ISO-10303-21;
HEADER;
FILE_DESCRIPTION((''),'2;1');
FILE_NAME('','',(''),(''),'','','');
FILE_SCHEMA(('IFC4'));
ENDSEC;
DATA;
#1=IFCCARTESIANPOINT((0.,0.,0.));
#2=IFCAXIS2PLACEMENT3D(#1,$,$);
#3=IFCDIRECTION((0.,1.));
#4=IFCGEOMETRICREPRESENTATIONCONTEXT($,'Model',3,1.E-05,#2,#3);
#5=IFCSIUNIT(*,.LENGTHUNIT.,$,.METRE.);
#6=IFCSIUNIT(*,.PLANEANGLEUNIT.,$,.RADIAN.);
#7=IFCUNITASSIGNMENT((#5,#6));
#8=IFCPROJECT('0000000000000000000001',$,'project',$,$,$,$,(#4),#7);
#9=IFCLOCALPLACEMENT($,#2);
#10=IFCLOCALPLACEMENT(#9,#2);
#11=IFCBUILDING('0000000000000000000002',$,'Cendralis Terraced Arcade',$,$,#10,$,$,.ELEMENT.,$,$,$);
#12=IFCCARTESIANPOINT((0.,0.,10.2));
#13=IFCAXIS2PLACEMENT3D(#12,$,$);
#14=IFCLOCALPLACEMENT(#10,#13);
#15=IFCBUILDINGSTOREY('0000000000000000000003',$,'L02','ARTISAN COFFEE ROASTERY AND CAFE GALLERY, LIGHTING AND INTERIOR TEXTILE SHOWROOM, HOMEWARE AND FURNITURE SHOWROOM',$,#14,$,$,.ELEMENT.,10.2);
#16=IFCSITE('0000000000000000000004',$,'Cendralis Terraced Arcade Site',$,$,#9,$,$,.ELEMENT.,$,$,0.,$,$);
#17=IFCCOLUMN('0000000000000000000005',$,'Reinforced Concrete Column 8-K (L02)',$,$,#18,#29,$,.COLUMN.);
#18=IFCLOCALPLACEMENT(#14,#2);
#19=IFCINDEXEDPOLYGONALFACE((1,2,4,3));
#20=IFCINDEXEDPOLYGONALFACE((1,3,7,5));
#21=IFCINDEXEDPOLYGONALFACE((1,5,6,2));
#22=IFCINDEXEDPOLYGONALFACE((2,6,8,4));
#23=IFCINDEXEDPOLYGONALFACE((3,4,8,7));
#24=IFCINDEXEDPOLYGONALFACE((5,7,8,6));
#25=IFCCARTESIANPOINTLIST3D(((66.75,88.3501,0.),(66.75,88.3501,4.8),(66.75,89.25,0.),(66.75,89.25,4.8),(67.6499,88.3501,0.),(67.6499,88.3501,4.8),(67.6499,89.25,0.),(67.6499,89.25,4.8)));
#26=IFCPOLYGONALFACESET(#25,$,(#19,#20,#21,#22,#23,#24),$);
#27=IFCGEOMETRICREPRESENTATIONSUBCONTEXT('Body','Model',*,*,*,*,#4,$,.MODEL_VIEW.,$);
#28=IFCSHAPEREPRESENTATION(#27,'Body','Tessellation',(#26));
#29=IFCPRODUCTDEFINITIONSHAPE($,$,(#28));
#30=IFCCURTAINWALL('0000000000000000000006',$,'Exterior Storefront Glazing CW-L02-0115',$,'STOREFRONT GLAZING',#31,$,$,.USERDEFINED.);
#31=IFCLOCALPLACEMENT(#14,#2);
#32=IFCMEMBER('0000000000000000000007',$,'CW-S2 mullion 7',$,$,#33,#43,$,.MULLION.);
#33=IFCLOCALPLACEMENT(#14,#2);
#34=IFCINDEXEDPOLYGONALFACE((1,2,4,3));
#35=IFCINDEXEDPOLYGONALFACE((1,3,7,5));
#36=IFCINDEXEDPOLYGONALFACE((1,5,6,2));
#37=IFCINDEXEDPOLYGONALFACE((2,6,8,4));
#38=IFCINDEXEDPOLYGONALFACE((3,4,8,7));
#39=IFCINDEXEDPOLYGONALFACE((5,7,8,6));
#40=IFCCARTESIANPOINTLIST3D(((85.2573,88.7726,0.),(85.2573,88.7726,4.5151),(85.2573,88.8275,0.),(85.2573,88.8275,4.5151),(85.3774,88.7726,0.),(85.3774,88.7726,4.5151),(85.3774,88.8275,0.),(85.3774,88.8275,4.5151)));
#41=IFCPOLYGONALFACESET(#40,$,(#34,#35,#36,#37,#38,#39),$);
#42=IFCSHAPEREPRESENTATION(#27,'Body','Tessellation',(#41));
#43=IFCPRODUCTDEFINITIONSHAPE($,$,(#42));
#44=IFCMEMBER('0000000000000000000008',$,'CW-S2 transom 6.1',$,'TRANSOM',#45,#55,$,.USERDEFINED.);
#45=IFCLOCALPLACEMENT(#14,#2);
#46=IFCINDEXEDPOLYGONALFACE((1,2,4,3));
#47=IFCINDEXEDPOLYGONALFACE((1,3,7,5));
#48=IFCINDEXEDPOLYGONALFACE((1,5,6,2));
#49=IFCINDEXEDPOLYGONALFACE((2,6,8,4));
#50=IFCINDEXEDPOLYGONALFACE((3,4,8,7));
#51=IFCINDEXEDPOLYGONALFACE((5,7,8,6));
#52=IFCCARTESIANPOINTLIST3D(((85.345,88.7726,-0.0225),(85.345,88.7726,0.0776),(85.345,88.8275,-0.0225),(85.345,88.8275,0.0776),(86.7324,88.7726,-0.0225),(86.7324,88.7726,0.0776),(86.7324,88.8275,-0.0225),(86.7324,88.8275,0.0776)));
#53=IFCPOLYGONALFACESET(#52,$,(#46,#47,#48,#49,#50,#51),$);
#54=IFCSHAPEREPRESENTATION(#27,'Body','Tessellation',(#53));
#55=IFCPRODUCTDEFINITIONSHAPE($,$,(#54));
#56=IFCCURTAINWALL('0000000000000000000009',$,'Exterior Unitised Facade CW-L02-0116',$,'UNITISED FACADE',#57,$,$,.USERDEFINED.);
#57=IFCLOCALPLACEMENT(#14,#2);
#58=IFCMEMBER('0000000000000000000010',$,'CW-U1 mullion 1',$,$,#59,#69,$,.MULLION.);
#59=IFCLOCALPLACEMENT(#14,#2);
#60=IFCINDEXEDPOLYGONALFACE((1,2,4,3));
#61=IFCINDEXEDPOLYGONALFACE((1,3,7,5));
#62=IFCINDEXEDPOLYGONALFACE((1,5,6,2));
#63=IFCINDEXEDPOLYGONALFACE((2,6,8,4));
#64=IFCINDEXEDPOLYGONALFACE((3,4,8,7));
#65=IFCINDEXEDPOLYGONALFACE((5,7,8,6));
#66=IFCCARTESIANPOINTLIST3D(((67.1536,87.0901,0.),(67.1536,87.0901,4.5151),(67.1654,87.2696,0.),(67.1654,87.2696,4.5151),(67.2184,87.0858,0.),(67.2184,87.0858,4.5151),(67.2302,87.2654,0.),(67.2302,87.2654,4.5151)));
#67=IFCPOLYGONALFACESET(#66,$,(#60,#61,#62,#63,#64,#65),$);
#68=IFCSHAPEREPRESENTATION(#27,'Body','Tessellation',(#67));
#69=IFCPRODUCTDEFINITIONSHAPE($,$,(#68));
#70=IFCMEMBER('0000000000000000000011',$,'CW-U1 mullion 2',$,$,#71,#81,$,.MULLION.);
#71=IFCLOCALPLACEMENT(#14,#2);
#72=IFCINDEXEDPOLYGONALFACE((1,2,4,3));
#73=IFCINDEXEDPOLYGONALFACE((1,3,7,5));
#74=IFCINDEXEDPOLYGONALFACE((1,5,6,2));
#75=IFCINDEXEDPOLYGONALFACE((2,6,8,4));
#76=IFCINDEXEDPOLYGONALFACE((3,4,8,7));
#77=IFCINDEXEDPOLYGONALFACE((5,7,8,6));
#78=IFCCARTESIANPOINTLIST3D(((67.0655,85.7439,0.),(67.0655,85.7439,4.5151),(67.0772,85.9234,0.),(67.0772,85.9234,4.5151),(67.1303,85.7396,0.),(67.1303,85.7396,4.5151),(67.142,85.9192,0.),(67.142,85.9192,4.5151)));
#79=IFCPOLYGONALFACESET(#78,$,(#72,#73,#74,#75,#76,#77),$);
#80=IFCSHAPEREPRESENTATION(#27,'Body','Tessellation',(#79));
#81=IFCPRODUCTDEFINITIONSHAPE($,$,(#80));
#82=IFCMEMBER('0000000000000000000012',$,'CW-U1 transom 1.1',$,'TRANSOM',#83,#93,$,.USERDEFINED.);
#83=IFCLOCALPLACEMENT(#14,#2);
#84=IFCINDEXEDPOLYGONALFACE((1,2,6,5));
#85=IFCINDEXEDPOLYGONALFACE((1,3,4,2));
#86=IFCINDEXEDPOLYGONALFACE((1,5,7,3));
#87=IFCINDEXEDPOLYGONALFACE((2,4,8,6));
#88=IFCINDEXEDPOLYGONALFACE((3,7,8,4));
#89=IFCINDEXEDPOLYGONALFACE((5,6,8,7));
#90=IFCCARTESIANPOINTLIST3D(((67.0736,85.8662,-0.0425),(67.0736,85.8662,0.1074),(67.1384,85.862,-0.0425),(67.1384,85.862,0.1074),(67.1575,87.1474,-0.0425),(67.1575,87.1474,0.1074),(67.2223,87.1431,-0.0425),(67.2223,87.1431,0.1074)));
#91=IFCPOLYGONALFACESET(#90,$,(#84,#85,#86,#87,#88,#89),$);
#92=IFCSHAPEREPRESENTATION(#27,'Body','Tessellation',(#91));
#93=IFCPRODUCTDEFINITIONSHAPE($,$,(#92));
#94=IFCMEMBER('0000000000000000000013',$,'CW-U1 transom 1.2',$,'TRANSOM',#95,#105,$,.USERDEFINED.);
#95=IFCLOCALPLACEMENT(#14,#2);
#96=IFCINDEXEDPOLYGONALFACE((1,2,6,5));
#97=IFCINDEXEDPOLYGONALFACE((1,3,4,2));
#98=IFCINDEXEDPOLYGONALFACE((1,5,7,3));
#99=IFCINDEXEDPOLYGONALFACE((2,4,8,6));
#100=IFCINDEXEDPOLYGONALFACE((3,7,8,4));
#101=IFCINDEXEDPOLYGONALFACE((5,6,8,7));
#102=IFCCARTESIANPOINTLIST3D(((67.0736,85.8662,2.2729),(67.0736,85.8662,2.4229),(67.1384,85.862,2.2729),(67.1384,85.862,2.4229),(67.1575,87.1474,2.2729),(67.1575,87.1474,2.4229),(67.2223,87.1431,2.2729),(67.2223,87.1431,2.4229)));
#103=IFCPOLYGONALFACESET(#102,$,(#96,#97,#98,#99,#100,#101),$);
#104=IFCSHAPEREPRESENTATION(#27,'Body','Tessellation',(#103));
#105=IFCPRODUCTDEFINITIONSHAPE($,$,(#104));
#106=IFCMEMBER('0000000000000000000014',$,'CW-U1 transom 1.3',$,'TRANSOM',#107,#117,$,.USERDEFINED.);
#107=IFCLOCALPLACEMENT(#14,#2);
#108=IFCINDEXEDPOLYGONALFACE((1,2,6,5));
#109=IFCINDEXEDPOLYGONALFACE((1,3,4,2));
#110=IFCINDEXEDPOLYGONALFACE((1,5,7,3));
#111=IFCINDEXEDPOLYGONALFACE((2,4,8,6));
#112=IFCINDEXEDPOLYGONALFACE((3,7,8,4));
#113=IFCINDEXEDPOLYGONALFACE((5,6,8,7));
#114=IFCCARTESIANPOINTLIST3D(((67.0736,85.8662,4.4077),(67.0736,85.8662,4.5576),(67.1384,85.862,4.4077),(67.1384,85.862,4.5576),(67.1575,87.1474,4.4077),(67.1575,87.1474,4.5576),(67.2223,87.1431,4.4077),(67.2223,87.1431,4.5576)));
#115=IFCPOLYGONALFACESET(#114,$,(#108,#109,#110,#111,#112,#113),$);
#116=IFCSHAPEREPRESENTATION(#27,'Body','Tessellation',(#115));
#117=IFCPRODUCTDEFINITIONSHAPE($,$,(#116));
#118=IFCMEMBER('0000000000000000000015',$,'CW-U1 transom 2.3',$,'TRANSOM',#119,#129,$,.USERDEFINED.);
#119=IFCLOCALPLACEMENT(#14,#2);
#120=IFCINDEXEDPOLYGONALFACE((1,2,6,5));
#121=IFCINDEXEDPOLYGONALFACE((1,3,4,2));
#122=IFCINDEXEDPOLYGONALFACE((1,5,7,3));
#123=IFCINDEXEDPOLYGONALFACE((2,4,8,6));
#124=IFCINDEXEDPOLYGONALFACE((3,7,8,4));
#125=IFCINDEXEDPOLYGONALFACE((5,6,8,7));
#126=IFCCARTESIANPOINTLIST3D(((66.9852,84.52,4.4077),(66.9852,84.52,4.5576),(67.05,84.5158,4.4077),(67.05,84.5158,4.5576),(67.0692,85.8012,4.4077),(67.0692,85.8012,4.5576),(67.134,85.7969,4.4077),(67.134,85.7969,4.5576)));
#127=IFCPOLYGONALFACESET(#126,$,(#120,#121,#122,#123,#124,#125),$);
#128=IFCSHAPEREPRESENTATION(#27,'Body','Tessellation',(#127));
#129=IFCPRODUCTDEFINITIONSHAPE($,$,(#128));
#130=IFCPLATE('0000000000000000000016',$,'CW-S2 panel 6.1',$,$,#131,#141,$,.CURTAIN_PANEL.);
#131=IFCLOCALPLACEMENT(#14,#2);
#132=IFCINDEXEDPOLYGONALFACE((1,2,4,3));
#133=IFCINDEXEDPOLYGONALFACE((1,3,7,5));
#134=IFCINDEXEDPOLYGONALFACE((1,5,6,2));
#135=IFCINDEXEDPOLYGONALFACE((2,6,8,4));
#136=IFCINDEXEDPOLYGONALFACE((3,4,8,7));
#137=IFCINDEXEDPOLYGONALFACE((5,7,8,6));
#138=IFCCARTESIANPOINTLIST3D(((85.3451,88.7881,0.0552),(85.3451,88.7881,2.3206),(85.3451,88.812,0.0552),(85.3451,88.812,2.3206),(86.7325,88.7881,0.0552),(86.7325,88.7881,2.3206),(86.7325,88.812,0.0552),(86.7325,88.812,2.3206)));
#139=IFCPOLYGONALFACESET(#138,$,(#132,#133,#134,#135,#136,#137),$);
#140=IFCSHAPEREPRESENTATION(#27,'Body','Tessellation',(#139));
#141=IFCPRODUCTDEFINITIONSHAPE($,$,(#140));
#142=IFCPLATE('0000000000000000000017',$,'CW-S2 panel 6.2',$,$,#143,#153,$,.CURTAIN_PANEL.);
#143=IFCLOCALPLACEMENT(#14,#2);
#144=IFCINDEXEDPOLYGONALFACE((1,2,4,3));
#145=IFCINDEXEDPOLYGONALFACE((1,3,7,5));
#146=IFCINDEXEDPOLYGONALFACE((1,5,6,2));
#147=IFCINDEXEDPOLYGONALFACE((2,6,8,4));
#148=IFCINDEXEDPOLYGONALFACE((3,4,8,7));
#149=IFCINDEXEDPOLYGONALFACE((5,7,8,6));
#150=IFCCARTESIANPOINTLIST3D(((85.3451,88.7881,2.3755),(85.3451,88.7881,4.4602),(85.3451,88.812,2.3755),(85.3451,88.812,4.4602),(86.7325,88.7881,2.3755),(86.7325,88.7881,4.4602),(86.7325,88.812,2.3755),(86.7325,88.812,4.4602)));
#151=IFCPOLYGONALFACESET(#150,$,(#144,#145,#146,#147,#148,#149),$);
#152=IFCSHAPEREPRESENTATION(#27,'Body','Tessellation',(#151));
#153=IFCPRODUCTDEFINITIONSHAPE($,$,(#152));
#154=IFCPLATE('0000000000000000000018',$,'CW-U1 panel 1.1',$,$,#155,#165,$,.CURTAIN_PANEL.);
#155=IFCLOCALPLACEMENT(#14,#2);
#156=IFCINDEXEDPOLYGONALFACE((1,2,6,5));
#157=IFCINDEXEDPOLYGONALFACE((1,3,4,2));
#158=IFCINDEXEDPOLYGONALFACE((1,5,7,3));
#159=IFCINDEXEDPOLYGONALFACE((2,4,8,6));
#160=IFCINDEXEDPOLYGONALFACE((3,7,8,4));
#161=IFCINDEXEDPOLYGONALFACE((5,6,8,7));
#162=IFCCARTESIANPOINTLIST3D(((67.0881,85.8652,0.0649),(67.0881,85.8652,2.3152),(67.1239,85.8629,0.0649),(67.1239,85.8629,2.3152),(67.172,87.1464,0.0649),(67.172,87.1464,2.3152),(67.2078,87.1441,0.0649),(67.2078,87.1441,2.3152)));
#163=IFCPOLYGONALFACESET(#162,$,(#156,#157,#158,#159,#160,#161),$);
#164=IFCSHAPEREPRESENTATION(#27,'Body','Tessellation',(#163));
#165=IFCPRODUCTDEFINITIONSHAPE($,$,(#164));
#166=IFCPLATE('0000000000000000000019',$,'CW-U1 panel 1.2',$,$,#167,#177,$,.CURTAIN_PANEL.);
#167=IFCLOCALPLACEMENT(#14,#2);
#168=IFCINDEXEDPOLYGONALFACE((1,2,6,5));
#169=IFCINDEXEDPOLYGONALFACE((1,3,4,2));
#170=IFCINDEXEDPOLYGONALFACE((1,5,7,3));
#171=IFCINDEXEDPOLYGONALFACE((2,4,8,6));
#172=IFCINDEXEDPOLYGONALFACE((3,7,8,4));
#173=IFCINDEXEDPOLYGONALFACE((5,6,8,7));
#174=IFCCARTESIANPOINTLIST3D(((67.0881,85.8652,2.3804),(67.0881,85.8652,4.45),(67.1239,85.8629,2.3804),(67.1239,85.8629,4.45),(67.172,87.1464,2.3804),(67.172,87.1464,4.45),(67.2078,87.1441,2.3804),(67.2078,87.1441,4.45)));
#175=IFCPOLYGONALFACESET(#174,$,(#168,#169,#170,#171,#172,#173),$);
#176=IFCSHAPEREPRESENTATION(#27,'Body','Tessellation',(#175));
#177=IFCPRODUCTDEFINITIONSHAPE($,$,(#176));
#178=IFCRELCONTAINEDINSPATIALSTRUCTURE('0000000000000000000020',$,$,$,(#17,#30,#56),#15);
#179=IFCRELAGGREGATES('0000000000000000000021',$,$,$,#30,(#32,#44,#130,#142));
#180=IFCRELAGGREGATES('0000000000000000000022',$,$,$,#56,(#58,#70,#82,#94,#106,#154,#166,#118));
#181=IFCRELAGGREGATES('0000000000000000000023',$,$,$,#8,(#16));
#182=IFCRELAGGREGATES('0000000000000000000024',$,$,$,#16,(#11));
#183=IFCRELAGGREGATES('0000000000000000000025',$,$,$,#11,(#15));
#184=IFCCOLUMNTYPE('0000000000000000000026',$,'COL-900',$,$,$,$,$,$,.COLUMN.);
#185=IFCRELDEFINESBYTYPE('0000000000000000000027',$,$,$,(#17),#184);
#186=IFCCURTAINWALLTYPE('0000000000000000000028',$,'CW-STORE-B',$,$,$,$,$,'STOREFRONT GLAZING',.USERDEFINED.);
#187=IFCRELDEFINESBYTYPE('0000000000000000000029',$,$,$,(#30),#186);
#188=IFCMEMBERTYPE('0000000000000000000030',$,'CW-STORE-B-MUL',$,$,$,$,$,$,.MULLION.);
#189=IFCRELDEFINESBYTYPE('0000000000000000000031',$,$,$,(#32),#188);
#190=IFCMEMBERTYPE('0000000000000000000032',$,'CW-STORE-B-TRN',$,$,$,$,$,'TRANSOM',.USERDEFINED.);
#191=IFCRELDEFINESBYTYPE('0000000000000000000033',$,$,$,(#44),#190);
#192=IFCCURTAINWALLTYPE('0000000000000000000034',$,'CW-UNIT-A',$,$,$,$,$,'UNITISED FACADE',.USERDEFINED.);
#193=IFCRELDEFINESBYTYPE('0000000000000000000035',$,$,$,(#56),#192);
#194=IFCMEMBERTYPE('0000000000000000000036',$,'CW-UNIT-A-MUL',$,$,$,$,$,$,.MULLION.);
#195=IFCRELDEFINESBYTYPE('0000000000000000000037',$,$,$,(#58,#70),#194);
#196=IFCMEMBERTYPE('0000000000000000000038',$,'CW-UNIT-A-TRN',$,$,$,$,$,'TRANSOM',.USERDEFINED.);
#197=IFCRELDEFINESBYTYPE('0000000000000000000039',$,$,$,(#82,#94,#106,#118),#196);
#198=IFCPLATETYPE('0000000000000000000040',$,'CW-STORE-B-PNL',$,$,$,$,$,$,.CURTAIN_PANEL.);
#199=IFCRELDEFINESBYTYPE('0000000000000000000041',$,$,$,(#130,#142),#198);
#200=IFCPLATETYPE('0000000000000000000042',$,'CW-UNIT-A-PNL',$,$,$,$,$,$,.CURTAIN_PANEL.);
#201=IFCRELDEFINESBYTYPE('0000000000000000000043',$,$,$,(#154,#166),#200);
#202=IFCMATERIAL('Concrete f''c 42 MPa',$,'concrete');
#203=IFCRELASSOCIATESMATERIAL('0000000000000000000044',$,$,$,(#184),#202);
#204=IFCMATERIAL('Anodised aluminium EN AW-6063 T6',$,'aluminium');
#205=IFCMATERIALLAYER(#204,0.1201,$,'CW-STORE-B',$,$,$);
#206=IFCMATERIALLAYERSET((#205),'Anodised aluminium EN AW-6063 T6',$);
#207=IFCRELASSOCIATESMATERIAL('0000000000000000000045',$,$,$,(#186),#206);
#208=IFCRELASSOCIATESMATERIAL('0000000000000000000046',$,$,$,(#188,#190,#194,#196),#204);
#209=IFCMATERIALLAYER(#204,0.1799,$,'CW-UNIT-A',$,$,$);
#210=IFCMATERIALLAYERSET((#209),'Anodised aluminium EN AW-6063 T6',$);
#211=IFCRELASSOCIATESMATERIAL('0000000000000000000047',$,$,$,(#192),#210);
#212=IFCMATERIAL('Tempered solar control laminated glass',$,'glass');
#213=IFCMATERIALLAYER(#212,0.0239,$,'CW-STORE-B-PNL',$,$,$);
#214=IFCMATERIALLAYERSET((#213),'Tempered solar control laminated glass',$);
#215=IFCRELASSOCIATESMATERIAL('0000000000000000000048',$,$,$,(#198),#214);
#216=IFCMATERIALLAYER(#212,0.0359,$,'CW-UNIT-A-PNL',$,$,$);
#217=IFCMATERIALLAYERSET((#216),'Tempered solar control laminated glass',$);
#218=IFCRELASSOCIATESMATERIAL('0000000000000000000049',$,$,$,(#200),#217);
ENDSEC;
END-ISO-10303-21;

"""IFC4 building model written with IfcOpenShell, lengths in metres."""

from ifc_helpers import new_model, si_unit, direction, frame, origin, origin_2d, place, context, subcontext, project, spatial, rectangle, extrude, material, layer, layer_set, material_profile, profile_set, type_object, element, aggregate, save


model = new_model("IFC4")

# Units and contexts
model_context = context("Model", 3, precision=1e-05, world=origin(), true_north=direction((0.0, 1.0)))
body_context = subcontext(model_context, "Body", "Model", "MODEL_VIEW")
ifc_project = project(units=[si_unit("LENGTHUNIT", "METRE"), si_unit("PLANEANGLEUNIT", "RADIAN")], contexts=[model_context])

# Site, building, storey
site_placement = place(None, origin())
site = spatial("IfcSite", under=ifc_project, at=site_placement, Name="Cendralis Terraced Arcade Site", CompositionType="ELEMENT", RefElevation=0.0)
building_placement = place(site_placement, origin())
building = spatial("IfcBuilding", under=site, at=building_placement, Name="Cendralis Terraced Arcade", CompositionType="ELEMENT")
storey_placement = place(building_placement, frame((0.0, 0.0, 10.2)))
storey = spatial("IfcBuildingStorey", under=building, at=storey_placement, Name="L02", Description="ARTISAN COFFEE ROASTERY AND CAFE GALLERY, LIGHTING AND INTERIOR TEXTILE SHOWROOM, HOMEWARE AND FURNITURE SHOWROOM", CompositionType="ELEMENT", Elevation=10.2)

# Column
ifc_material_1 = material(Name="Concrete f'c 42 MPa", Category="concrete")
ifc_material_profile_1 = material_profile(ifc_material_1, rectangle(XDim=0.8999, YDim=0.8999, at=origin_2d()), Name="RC-COL-900x900", Category="LoadBearing")
ifc_profile_set_1 = profile_set([ifc_material_profile_1], Name="Concrete f'c 42 MPa")
column_type = type_object("IfcColumnType", Name="COL-900", PredefinedType="COLUMN", material=ifc_profile_set_1)
column_placement = place(storey_placement, frame((67.2, 88.8, 0.0), z_axis=(0.0, 0.0, 1.0), x_axis=(1.0, 0.0, 0.0)))
element("IfcColumn", 1, at=column_placement, inside=storey, type_object=column_type, Name="Reinforced Concrete Column 8-K (L02)", PredefinedType="COLUMN", context=body_context, shape_type="SweptSolid", body=[
    extrude(rectangle(XDim=0.8999, YDim=0.8999, at=origin_2d()), origin(), (0.0, 0.0, 1.0), 4.8),
])

# Curtain walls, members
ifc_material_2 = material(Name="Anodised aluminium EN AW-6063 T6", Category="aluminium")
ifc_layer_1 = layer(ifc_material_2, 0.1201, Name="CW-STORE-B")
ifc_layer_set_1 = layer_set([ifc_layer_1], Name="Anodised aluminium EN AW-6063 T6")
curtain_wall_type_1 = type_object("IfcCurtainWallType", Name="CW-STORE-B", ElementType="STOREFRONT GLAZING", PredefinedType="USERDEFINED", material=ifc_layer_set_1)
curtain_wall_1_placement = place(storey_placement, origin())
curtain_wall_1 = element("IfcCurtainWall", 2, at=curtain_wall_1_placement, inside=storey, type_object=curtain_wall_type_1, Name="Exterior Storefront Glazing CW-L02-0115", ObjectType="STOREFRONT GLAZING", PredefinedType="USERDEFINED")
ifc_material_profile_2 = material_profile(ifc_material_2, rectangle(XDim=0.0549, YDim=0.1201, at=origin_2d()), Name="ALU-MUL-55x120")
ifc_profile_set_2 = profile_set([ifc_material_profile_2], Name="Anodised aluminium EN AW-6063 T6")
member_type_1 = type_object("IfcMemberType", Name="CW-STORE-B-MUL", PredefinedType="MULLION", material=ifc_profile_set_2)
member_1_placement = place(storey_placement, frame((85.3174, 88.8, 0.0), z_axis=(0.0, 0.0, 1.0), x_axis=(0.0, -1.0, 0.0)))
member_1 = element("IfcMember", 3, at=member_1_placement, type_object=member_type_1, Name="CW-S2 mullion 7", PredefinedType="MULLION", context=body_context, shape_type="SweptSolid", body=[
    extrude(rectangle(XDim=0.0549, YDim=0.1201, at=origin_2d()), origin(), (0.0, 0.0, 1.0), 4.5151),
])
ifc_material_profile_3 = material_profile(ifc_material_2, rectangle(XDim=0.0549, YDim=0.1001, at=origin_2d()), Name="ALU-TRN-55x100")
ifc_profile_set_3 = profile_set([ifc_material_profile_3], Name="Anodised aluminium EN AW-6063 T6")
member_type_2 = type_object("IfcMemberType", Name="CW-STORE-B-TRN", ElementType="TRANSOM", PredefinedType="USERDEFINED", material=ifc_profile_set_3)
member_2_placement = place(storey_placement, frame((86.7324, 88.8, 0.0276), z_axis=(-1.0, 0.0, 0.0), x_axis=(0.0, -1.0, 0.0)))
member_2 = element("IfcMember", 4, at=member_2_placement, type_object=member_type_2, Name="CW-S2 transom 6.1", ObjectType="TRANSOM", PredefinedType="USERDEFINED", context=body_context, shape_type="SweptSolid", body=[
    extrude(rectangle(XDim=0.0549, YDim=0.1001, at=origin_2d()), origin(), (0.0, 0.0, 1.0), 1.3875),
])
ifc_layer_2 = layer(ifc_material_2, 0.1799, Name="CW-UNIT-A")
ifc_layer_set_2 = layer_set([ifc_layer_2], Name="Anodised aluminium EN AW-6063 T6")
curtain_wall_type_2 = type_object("IfcCurtainWallType", Name="CW-UNIT-A", ElementType="UNITISED FACADE", PredefinedType="USERDEFINED", material=ifc_layer_set_2)
curtain_wall_2_placement = place(storey_placement, origin())
curtain_wall_2 = element("IfcCurtainWall", 5, at=curtain_wall_2_placement, inside=storey, type_object=curtain_wall_type_2, Name="Exterior Unitised Facade CW-L02-0116", ObjectType="UNITISED FACADE", PredefinedType="USERDEFINED")
ifc_material_profile_4 = material_profile(ifc_material_2, rectangle(XDim=0.0649, YDim=0.1799, at=origin_2d()), Name="ALU-MUL-65x180")
ifc_profile_set_4 = profile_set([ifc_material_profile_4], Name="Anodised aluminium EN AW-6063 T6")
member_type_3 = type_object("IfcMemberType", Name="CW-UNIT-A-MUL", PredefinedType="MULLION", material=ifc_profile_set_4)
member_3_placement = place(storey_placement, frame((67.1919, 87.1777, 0.0), z_axis=(0.0, 0.0, 1.0), x_axis=(0.997859, -0.065397, 0.0)))
member_3 = element("IfcMember", 6, at=member_3_placement, type_object=member_type_3, Name="CW-U1 mullion 1", PredefinedType="MULLION", context=body_context, shape_type="SweptSolid", body=[
    extrude(rectangle(XDim=0.0649, YDim=0.1799, at=origin_2d()), origin(), (0.0, 0.0, 1.0), 4.5151),
])
member_4_placement = place(storey_placement, frame((67.1038, 85.8315, 0.0), z_axis=(0.0, 0.0, 1.0), x_axis=(0.997859, -0.065397, 0.0)))
member_4 = element("IfcMember", 7, at=member_4_placement, type_object=member_type_3, Name="CW-U1 mullion 2", PredefinedType="MULLION", context=body_context, shape_type="SweptSolid", body=[
    extrude(rectangle(XDim=0.0649, YDim=0.1799, at=origin_2d()), origin(), (0.0, 0.0, 1.0), 4.5151),
])
ifc_material_profile_5 = material_profile(ifc_material_2, rectangle(XDim=0.0649, YDim=0.1499, at=origin_2d()), Name="ALU-TRN-65x150")
ifc_profile_set_5 = profile_set([ifc_material_profile_5], Name="Anodised aluminium EN AW-6063 T6")
member_type_4 = type_object("IfcMemberType", Name="CW-UNIT-A-TRN", ElementType="TRANSOM", PredefinedType="USERDEFINED", material=ifc_profile_set_5)
member_5_placement = place(storey_placement, frame((67.1899, 87.1453, 0.0325), z_axis=(-0.065408, -0.997859, 0.0), x_axis=(0.997859, -0.065408, 0.0)))
member_5 = element("IfcMember", 8, at=member_5_placement, type_object=member_type_4, Name="CW-U1 transom 1.1", ObjectType="TRANSOM", PredefinedType="USERDEFINED", context=body_context, shape_type="SweptSolid", body=[
    extrude(rectangle(XDim=0.0649, YDim=0.1499, at=origin_2d()), origin(), (0.0, 0.0, 1.0), 1.2839),
])
member_6_placement = place(storey_placement, frame((67.1899, 87.1453, 2.3479), z_axis=(-0.065408, -0.997859, 0.0), x_axis=(0.997859, -0.065408, 0.0)))
member_6 = element("IfcMember", 9, at=member_6_placement, type_object=member_type_4, Name="CW-U1 transom 1.2", ObjectType="TRANSOM", PredefinedType="USERDEFINED", context=body_context, shape_type="SweptSolid", body=[
    extrude(rectangle(XDim=0.0649, YDim=0.1499, at=origin_2d()), origin(), (0.0, 0.0, 1.0), 1.2839),
])
member_7_placement = place(storey_placement, frame((67.1899, 87.1453, 4.4827), z_axis=(-0.065408, -0.997859, 0.0), x_axis=(0.997859, -0.065408, 0.0)))
member_7 = element("IfcMember", 10, at=member_7_placement, type_object=member_type_4, Name="CW-U1 transom 1.3", ObjectType="TRANSOM", PredefinedType="USERDEFINED", context=body_context, shape_type="SweptSolid", body=[
    extrude(rectangle(XDim=0.0649, YDim=0.1499, at=origin_2d()), origin(), (0.0, 0.0, 1.0), 1.2839),
])
member_8_placement = place(storey_placement, frame((67.1016, 85.7991, 4.4827), z_axis=(-0.065408, -0.997859, 0.0), x_axis=(0.997859, -0.065408, 0.0)))
member_8 = element("IfcMember", 11, at=member_8_placement, type_object=member_type_4, Name="CW-U1 transom 2.3", ObjectType="TRANSOM", PredefinedType="USERDEFINED", context=body_context, shape_type="SweptSolid", body=[
    extrude(rectangle(XDim=0.0649, YDim=0.1499, at=origin_2d()), origin(), (0.0, 0.0, 1.0), 1.2839),
])

# Plates
ifc_material_3 = material(Name="Tempered solar control laminated glass", Category="glass")
ifc_layer_3 = layer(ifc_material_3, 0.0239, Name="CW-STORE-B-PNL")
ifc_layer_set_3 = layer_set([ifc_layer_3], Name="Tempered solar control laminated glass")
plate_type_1 = type_object("IfcPlateType", Name="CW-STORE-B-PNL", PredefinedType="CURTAIN_PANEL", material=ifc_layer_set_3)
plate_1_placement = place(storey_placement, frame((86.0388, 88.8, 0.0552), z_axis=(0.0, 0.0, 1.0), x_axis=(-1.0, 0.0, 0.0)))
plate_1 = element("IfcPlate", 12, at=plate_1_placement, type_object=plate_type_1, Name="CW-S2 panel 6.1", PredefinedType="CURTAIN_PANEL", context=body_context, shape_type="SweptSolid", body=[
    extrude(rectangle(XDim=1.3875, YDim=0.0239, at=origin_2d()), origin(), (0.0, 0.0, 1.0), 2.2654),
])
plate_2_placement = place(storey_placement, frame((86.0388, 88.8, 2.3755), z_axis=(0.0, 0.0, 1.0), x_axis=(-1.0, 0.0, 0.0)))
plate_2 = element("IfcPlate", 13, at=plate_2_placement, type_object=plate_type_1, Name="CW-S2 panel 6.2", PredefinedType="CURTAIN_PANEL", context=body_context, shape_type="SweptSolid", body=[
    extrude(rectangle(XDim=1.3875, YDim=0.0239, at=origin_2d()), origin(), (0.0, 0.0, 1.0), 2.0847),
])
aggregate(curtain_wall_1, [member_1, member_2, plate_1, plate_2])
ifc_layer_4 = layer(ifc_material_3, 0.0359, Name="CW-UNIT-A-PNL")
ifc_layer_set_4 = layer_set([ifc_layer_4], Name="Tempered solar control laminated glass")
plate_type_2 = type_object("IfcPlateType", Name="CW-UNIT-A-PNL", PredefinedType="CURTAIN_PANEL", material=ifc_layer_set_4)
plate_3_placement = place(storey_placement, frame((67.1479, 86.5046, 0.0649), z_axis=(0.0, 0.0, 1.0), x_axis=(-0.065397, -0.997859, 0.0)))
plate_3 = element("IfcPlate", 14, at=plate_3_placement, type_object=plate_type_2, Name="CW-U1 panel 1.1", PredefinedType="CURTAIN_PANEL", context=body_context, shape_type="SweptSolid", body=[
    extrude(rectangle(XDim=1.2839, YDim=0.0359, at=origin_2d()), origin(), (0.0, 0.0, 1.0), 2.2502),
])
plate_4_placement = place(storey_placement, frame((67.1479, 86.5046, 2.3804), z_axis=(0.0, 0.0, 1.0), x_axis=(-0.065397, -0.997859, 0.0)))
plate_4 = element("IfcPlate", 15, at=plate_4_placement, type_object=plate_type_2, Name="CW-U1 panel 1.2", PredefinedType="CURTAIN_PANEL", context=body_context, shape_type="SweptSolid", body=[
    extrude(rectangle(XDim=1.2839, YDim=0.0359, at=origin_2d()), origin(), (0.0, 0.0, 1.0), 2.0696),
])
aggregate(curtain_wall_2, [member_3, member_4, member_5, member_6, member_7, plate_3, plate_4, member_8])

save(model, "model.ifc")
